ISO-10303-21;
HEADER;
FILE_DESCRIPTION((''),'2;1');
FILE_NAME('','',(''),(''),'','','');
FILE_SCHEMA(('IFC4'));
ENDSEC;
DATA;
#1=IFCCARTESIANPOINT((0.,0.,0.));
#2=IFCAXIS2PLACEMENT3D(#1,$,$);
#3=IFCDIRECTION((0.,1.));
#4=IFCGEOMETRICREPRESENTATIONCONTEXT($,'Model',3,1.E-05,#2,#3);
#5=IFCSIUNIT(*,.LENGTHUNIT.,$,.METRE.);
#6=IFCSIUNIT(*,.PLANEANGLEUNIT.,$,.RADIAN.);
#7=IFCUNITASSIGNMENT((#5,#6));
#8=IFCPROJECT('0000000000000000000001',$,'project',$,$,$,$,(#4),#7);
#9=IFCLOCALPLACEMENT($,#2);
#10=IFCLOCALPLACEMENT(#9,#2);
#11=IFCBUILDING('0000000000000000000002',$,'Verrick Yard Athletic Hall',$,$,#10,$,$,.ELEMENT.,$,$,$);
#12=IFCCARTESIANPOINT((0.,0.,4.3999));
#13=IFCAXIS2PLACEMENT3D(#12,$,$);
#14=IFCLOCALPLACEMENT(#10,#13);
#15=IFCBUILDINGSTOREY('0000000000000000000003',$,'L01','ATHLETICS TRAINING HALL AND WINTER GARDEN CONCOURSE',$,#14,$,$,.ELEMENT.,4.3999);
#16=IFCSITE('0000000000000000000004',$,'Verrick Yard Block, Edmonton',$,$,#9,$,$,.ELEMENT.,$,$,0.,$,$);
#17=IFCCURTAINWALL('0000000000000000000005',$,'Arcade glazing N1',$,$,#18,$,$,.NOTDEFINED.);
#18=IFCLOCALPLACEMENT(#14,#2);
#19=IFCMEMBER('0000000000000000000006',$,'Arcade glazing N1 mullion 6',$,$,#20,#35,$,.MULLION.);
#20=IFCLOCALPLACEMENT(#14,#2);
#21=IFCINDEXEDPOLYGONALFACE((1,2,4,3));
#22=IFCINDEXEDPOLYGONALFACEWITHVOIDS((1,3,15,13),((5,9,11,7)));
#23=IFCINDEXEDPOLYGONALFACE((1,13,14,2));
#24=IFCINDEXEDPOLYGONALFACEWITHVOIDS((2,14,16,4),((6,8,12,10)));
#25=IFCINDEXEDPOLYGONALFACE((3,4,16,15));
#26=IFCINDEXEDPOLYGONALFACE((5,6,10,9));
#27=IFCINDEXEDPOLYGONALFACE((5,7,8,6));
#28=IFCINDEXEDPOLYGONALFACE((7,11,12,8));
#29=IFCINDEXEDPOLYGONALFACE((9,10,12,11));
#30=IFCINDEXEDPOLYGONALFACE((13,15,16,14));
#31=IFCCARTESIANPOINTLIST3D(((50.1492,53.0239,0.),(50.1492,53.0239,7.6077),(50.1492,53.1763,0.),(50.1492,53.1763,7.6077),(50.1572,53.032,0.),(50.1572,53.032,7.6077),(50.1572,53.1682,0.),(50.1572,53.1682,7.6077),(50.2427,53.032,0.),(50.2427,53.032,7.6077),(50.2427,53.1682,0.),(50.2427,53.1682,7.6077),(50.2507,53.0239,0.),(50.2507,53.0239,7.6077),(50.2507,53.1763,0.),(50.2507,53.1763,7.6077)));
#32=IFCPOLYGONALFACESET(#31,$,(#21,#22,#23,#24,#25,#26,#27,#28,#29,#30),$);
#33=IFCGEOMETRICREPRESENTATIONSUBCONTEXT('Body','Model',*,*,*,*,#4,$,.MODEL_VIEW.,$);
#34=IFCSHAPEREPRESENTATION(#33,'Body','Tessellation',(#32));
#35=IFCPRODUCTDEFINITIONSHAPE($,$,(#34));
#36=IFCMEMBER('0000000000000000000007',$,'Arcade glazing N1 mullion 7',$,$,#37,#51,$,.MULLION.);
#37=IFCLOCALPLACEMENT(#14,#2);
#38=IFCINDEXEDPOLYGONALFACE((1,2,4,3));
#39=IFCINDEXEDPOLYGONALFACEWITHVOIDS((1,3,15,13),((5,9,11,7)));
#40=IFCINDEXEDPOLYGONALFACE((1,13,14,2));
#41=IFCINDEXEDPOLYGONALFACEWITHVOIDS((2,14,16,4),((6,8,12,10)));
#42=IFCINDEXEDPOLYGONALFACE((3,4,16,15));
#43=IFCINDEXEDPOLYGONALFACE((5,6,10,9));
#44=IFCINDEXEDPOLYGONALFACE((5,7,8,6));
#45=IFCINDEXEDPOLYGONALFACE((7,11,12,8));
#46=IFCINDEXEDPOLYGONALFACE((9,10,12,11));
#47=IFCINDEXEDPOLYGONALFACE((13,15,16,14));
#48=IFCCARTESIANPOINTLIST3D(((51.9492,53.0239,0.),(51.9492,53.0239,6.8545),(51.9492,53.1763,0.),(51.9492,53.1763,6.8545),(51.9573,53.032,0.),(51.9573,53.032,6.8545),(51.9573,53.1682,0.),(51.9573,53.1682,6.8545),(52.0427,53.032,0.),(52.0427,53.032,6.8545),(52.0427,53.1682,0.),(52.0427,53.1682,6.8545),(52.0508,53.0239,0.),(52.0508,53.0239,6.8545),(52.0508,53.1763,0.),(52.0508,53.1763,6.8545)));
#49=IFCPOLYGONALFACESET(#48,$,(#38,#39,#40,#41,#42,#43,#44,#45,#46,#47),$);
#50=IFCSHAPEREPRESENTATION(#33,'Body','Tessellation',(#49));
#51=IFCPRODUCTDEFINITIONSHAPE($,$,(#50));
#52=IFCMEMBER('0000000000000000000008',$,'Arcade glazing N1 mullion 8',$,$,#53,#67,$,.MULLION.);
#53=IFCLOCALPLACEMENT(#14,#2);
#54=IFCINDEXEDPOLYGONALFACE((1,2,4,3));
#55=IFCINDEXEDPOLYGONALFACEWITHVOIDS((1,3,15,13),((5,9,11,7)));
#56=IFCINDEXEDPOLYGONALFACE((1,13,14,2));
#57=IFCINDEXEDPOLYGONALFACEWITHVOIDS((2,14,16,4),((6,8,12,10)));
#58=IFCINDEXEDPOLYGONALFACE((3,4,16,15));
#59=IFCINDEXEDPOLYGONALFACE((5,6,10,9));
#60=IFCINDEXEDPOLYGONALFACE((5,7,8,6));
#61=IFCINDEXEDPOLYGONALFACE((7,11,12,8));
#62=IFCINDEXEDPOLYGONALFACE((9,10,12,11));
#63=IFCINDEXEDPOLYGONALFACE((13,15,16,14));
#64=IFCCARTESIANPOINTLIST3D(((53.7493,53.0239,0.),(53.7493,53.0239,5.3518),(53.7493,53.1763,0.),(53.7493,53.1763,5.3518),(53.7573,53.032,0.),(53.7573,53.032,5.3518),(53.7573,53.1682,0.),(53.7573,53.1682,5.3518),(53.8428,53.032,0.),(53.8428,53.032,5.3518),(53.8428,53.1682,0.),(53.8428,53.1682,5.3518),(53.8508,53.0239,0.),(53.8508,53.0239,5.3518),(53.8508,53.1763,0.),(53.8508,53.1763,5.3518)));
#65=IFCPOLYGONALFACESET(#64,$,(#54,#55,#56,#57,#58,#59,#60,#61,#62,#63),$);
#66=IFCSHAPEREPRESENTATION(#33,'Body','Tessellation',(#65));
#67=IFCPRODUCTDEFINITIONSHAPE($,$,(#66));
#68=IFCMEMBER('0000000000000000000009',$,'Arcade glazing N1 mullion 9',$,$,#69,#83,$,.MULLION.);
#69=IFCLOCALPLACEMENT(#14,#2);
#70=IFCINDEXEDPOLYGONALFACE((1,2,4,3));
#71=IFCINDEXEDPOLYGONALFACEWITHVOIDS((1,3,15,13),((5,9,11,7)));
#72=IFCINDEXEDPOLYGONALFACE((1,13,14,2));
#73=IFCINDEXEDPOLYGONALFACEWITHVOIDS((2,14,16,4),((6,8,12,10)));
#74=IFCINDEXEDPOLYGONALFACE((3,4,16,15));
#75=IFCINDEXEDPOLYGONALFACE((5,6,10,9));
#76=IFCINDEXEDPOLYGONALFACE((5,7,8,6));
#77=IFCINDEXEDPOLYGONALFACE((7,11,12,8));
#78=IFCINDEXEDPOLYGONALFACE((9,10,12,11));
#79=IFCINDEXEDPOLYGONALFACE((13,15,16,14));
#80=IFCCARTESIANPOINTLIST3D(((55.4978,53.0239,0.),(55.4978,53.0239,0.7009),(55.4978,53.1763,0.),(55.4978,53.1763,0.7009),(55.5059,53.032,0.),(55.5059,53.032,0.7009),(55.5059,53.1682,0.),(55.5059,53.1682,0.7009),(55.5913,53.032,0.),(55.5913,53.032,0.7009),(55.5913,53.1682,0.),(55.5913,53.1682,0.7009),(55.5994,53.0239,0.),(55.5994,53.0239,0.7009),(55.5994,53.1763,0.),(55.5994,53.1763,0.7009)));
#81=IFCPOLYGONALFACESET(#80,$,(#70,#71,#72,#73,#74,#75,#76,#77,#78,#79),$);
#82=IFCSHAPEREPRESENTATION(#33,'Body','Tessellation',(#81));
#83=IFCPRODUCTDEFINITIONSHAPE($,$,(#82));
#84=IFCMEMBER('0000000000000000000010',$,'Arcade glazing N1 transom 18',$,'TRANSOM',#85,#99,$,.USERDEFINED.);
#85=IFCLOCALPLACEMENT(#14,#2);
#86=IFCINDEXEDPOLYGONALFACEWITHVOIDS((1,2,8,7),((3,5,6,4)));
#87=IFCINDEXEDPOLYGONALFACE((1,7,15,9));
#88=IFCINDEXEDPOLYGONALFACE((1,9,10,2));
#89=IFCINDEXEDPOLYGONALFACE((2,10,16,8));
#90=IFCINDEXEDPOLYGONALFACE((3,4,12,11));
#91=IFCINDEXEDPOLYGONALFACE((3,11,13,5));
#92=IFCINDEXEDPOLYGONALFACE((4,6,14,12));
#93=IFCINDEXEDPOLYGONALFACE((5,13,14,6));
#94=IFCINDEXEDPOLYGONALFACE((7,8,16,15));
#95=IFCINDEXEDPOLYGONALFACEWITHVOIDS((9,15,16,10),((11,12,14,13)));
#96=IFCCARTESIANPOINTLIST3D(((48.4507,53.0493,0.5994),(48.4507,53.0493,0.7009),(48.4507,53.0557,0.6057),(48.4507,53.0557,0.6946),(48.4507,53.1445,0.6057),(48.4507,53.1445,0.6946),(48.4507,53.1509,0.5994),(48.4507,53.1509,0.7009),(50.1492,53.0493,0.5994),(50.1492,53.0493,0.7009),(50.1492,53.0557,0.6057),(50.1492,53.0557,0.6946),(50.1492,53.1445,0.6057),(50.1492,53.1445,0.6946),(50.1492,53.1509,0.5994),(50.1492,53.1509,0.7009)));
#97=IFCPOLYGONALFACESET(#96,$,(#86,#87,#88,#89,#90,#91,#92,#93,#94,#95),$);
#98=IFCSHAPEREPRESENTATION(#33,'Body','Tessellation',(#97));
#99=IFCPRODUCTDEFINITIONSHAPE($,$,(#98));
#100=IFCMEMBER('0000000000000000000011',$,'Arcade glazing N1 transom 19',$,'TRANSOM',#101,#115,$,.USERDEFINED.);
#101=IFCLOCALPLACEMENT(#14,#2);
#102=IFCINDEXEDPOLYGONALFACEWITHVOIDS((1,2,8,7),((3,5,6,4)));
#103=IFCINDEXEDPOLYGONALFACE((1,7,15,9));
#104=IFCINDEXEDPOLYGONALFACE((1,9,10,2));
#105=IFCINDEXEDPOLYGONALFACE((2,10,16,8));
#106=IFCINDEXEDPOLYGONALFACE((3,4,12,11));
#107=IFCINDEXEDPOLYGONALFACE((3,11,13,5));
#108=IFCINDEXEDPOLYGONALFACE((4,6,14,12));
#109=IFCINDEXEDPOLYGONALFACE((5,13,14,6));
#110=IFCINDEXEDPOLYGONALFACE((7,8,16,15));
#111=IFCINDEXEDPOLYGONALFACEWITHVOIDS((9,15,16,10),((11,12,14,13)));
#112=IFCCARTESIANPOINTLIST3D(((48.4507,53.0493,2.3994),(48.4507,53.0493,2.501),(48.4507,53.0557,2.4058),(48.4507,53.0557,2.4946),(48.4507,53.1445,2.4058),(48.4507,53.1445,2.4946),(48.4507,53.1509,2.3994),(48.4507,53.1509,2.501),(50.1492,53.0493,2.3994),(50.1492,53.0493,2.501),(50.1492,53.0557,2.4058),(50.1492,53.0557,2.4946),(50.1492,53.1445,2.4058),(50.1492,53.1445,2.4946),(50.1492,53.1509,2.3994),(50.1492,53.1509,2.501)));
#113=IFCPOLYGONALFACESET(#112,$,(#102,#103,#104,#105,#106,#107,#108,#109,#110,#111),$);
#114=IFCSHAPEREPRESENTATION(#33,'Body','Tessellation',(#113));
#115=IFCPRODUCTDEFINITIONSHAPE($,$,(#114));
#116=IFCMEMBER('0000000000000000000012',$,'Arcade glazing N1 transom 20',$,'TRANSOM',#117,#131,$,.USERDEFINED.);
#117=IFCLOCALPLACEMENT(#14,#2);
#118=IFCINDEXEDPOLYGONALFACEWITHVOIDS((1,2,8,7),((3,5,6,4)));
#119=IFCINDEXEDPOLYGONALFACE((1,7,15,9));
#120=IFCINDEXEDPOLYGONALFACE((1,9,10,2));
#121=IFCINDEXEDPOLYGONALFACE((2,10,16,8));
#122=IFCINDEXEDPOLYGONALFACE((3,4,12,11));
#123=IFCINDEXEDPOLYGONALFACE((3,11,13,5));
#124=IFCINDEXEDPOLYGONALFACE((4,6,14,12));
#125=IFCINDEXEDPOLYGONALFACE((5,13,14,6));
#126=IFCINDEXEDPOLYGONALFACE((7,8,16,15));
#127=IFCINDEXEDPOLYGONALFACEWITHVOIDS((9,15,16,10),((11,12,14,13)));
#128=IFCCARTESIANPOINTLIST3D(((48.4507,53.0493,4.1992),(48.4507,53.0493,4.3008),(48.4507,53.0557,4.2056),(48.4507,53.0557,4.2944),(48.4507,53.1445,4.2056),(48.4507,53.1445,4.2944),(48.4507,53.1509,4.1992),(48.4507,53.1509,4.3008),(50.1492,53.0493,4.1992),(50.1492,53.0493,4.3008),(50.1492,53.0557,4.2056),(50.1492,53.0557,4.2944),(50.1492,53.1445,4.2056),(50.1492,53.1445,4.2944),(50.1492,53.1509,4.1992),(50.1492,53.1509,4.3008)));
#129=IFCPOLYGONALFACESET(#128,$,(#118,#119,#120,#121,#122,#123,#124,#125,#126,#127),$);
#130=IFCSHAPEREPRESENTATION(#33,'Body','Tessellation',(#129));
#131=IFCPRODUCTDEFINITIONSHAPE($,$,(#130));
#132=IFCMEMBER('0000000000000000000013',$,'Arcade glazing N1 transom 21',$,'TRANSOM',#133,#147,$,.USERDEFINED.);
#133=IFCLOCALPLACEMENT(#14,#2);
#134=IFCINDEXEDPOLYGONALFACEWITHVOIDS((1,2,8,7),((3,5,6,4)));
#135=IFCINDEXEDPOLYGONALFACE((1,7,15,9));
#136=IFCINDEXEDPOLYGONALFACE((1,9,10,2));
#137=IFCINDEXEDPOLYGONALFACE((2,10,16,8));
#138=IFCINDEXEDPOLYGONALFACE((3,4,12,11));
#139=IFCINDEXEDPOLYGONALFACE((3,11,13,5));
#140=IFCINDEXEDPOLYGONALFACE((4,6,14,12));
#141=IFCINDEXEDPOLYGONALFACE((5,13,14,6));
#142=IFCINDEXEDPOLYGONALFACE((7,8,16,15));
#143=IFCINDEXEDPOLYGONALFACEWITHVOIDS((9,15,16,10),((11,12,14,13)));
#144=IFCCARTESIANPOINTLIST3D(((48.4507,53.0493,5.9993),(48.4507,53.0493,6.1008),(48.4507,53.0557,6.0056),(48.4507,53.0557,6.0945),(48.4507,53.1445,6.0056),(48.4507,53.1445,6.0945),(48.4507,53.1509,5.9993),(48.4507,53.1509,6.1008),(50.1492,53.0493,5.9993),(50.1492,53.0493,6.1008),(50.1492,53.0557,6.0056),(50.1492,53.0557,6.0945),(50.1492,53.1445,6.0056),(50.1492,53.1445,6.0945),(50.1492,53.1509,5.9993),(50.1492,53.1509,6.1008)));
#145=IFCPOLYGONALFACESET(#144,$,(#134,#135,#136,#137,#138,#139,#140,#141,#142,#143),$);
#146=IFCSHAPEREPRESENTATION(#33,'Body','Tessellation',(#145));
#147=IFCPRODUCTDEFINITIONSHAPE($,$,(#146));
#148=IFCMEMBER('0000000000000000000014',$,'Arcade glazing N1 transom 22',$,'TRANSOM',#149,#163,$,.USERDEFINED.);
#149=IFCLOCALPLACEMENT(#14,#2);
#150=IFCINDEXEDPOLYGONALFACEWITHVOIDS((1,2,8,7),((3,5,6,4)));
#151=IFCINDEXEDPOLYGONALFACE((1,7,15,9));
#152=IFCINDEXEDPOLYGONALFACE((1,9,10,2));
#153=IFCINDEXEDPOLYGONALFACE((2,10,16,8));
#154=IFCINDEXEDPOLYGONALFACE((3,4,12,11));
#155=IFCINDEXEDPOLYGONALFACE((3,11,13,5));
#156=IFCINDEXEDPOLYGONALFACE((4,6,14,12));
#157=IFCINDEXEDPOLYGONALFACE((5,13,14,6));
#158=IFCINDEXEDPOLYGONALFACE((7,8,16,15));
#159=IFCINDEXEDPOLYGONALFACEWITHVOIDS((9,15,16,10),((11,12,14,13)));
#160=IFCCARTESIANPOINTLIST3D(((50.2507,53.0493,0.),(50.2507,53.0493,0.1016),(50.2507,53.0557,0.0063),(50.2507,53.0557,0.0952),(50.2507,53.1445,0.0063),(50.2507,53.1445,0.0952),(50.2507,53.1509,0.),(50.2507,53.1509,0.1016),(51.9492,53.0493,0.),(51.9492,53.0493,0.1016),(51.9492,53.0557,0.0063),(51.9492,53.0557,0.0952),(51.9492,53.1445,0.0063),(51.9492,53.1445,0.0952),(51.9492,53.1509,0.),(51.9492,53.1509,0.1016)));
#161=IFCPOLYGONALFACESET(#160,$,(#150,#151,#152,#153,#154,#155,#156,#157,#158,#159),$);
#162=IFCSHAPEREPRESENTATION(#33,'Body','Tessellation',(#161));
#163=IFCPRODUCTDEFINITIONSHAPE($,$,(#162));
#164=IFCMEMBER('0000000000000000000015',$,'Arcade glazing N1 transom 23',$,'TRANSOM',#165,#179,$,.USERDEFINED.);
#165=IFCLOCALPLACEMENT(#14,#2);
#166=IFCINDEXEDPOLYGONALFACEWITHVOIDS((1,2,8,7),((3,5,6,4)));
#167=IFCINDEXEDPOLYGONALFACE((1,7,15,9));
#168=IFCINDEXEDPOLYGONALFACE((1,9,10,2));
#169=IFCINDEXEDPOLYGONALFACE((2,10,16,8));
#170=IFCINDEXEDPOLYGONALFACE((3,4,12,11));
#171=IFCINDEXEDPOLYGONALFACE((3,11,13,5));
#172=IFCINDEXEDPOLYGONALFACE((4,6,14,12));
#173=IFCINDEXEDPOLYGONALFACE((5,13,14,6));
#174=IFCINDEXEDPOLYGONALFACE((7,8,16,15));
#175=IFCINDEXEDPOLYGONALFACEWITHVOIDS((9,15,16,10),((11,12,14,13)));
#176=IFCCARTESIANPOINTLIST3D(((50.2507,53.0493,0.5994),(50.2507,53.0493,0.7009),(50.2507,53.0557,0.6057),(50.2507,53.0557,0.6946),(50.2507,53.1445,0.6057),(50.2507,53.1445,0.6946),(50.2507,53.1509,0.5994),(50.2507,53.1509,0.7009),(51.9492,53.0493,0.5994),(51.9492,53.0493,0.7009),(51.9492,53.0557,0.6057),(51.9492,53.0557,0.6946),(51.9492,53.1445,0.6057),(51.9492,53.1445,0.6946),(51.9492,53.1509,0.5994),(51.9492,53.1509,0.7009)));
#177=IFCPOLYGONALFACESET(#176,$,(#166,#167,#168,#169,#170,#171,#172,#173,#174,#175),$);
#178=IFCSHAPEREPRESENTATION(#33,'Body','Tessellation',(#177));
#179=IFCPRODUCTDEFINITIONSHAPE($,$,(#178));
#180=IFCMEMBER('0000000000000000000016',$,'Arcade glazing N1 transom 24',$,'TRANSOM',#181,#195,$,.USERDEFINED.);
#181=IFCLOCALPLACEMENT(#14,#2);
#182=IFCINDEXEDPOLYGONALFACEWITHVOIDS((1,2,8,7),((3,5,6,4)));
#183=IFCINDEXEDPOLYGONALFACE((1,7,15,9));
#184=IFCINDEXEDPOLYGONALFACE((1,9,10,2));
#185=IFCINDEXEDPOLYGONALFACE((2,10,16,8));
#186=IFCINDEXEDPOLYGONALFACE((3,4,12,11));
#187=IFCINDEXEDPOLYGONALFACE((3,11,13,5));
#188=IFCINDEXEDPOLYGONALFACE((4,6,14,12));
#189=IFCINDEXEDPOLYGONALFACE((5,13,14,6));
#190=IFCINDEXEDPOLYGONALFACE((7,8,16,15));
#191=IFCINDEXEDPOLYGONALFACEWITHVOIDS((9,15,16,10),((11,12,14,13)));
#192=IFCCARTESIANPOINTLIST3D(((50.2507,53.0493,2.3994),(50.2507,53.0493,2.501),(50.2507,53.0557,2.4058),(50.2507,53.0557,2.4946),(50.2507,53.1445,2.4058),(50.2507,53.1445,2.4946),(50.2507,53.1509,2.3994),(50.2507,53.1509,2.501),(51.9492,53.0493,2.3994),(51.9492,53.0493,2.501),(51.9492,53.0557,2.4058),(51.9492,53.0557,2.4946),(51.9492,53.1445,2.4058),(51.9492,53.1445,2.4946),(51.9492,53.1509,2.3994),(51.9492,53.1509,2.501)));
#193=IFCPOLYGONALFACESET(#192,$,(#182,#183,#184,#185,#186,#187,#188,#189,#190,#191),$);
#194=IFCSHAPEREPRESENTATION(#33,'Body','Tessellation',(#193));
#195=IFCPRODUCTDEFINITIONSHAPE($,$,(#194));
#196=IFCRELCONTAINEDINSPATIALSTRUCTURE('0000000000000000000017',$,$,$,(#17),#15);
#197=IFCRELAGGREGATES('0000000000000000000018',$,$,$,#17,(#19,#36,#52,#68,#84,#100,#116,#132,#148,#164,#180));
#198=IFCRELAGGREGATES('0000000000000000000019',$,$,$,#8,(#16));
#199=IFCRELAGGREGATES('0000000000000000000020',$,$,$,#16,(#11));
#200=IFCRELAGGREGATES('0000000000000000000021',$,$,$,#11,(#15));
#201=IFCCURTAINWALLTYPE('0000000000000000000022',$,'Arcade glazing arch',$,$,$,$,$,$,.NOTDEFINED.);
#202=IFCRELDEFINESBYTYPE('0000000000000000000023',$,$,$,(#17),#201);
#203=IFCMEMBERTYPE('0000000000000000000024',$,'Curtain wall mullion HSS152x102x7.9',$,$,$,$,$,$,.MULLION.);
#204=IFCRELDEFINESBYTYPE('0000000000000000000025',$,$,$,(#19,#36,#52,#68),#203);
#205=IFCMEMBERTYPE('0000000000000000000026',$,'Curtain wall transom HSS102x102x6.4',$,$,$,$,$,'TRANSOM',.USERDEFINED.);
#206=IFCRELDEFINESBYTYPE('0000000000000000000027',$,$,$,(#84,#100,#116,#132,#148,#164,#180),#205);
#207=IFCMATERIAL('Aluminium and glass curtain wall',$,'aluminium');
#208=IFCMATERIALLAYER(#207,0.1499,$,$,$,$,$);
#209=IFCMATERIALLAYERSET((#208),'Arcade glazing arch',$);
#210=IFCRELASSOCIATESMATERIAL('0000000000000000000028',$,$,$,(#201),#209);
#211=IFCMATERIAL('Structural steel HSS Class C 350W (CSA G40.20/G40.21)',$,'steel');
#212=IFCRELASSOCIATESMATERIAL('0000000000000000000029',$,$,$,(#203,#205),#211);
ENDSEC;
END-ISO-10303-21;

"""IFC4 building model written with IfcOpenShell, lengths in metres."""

from ifc_helpers import new_model, si_unit, direction, frame, origin, origin_2d, place, context, subcontext, project, spatial, hollow_rectangle, extrude, material, layer, layer_set, material_profile, profile_set, type_object, element, aggregate, save


model = new_model("IFC4")

# Units and contexts
model_context = context("Model", 3, precision=1e-05, world=origin(), true_north=direction((0.0, 1.0)))
body_context = subcontext(model_context, "Body", "Model", "MODEL_VIEW")
ifc_project = project(units=[si_unit("LENGTHUNIT", "METRE"), si_unit("PLANEANGLEUNIT", "RADIAN")], contexts=[model_context])

# Site, building, storey
site_placement = place(None, origin())
site = spatial("IfcSite", under=ifc_project, at=site_placement, Name="Verrick Yard Block, Edmonton", CompositionType="ELEMENT", RefElevation=0.0)
building_placement = place(site_placement, origin())
building = spatial("IfcBuilding", under=site, at=building_placement, Name="Verrick Yard Athletic Hall", CompositionType="ELEMENT")
storey_placement = place(building_placement, frame((0.0, 0.0, 4.3999)))
storey = spatial("IfcBuildingStorey", under=building, at=storey_placement, Name="L01", Description="ATHLETICS TRAINING HALL AND WINTER GARDEN CONCOURSE", CompositionType="ELEMENT", Elevation=4.3999)

# Curtain wall, members
ifc_material_1 = material(Name="Aluminium and glass curtain wall", Category="aluminium")
ifc_layer_1 = layer(ifc_material_1, 0.1499)
ifc_layer_set_1 = layer_set([ifc_layer_1], Name="Arcade glazing arch")
curtain_wall_type = type_object("IfcCurtainWallType", Name="Arcade glazing arch", PredefinedType="NOTDEFINED", material=ifc_layer_set_1)
curtain_wall_placement = place(storey_placement, origin())
curtain_wall = element("IfcCurtainWall", 1, at=curtain_wall_placement, inside=storey, type_object=curtain_wall_type, Name="Arcade glazing N1", PredefinedType="NOTDEFINED")
ifc_material_2 = material(Name="Structural steel HSS Class C 350W (CSA G40.20/G40.21)", Category="steel")
ifc_material_profile_1 = material_profile(ifc_material_2, hollow_rectangle(XDim=0.1016, YDim=0.1523, WallThickness=0.0081, at=origin_2d()), Name="HSS152x102x7.9")
ifc_profile_set_1 = profile_set([ifc_material_profile_1], Name="Structural steel HSS Class C 350W (CSA G40.20/G40.21)")
member_type_1 = type_object("IfcMemberType", Name="Curtain wall mullion HSS152x102x7.9", PredefinedType="MULLION", material=ifc_profile_set_1)
member_1_placement = place(storey_placement, frame((50.2, 53.1001, 0.0), z_axis=(0.0, 0.0, 1.0), x_axis=(1.0, 0.0, 0.0)))
member_1 = element("IfcMember", 2, at=member_1_placement, type_object=member_type_1, Name="Arcade glazing N1 mullion 6", PredefinedType="MULLION", context=body_context, shape_type="SweptSolid", body=[
    extrude(hollow_rectangle(XDim=0.1016, YDim=0.1523, WallThickness=0.0081, at=origin_2d()), origin(), (0.0, 0.0, 1.0), 7.6077),
])
member_2_placement = place(storey_placement, frame((52.0, 53.1001, 0.0), z_axis=(0.0, 0.0, 1.0), x_axis=(1.0, 0.0, 0.0)))
member_2 = element("IfcMember", 3, at=member_2_placement, type_object=member_type_1, Name="Arcade glazing N1 mullion 7", PredefinedType="MULLION", context=body_context, shape_type="SweptSolid", body=[
    extrude(hollow_rectangle(XDim=0.1016, YDim=0.1523, WallThickness=0.0081, at=origin_2d()), origin(), (0.0, 0.0, 1.0), 6.8545),
])
member_3_placement = place(storey_placement, frame((53.8, 53.1001, 0.0), z_axis=(0.0, 0.0, 1.0), x_axis=(1.0, 0.0, 0.0)))
member_3 = element("IfcMember", 4, at=member_3_placement, type_object=member_type_1, Name="Arcade glazing N1 mullion 8", PredefinedType="MULLION", context=body_context, shape_type="SweptSolid", body=[
    extrude(hollow_rectangle(XDim=0.1016, YDim=0.1523, WallThickness=0.0081, at=origin_2d()), origin(), (0.0, 0.0, 1.0), 5.3518),
])
member_4_placement = place(storey_placement, frame((55.5486, 53.1001, 0.0), z_axis=(0.0, 0.0, 1.0), x_axis=(1.0, 0.0, 0.0)))
member_4 = element("IfcMember", 5, at=member_4_placement, type_object=member_type_1, Name="Arcade glazing N1 mullion 9", PredefinedType="MULLION", context=body_context, shape_type="SweptSolid", body=[
    extrude(hollow_rectangle(XDim=0.1016, YDim=0.1523, WallThickness=0.0081, at=origin_2d()), origin(), (0.0, 0.0, 1.0), 0.7009),
])
ifc_material_profile_2 = material_profile(ifc_material_2, hollow_rectangle(XDim=0.1016, YDim=0.1016, WallThickness=0.0063, at=origin_2d()), Name="HSS102x102x6.4")
ifc_profile_set_2 = profile_set([ifc_material_profile_2], Name="Structural steel HSS Class C 350W (CSA G40.20/G40.21)")
member_type_2 = type_object("IfcMemberType", Name="Curtain wall transom HSS102x102x6.4", ElementType="TRANSOM", PredefinedType="USERDEFINED", material=ifc_profile_set_2)
member_5_placement = place(storey_placement, frame((48.4507, 53.1001, 0.6501), z_axis=(1.0, 0.0, 0.0), x_axis=(0.0, 1.0, 0.0)))
member_5 = element("IfcMember", 6, at=member_5_placement, type_object=member_type_2, Name="Arcade glazing N1 transom 18", ObjectType="TRANSOM", PredefinedType="USERDEFINED", context=body_context, shape_type="SweptSolid", body=[
    extrude(hollow_rectangle(XDim=0.1016, YDim=0.1016, WallThickness=0.0063, at=origin_2d()), origin(), (0.0, 0.0, 1.0), 1.6985),
])
member_6_placement = place(storey_placement, frame((48.4507, 53.1001, 2.4502), z_axis=(1.0, 0.0, 0.0), x_axis=(0.0, 1.0, 0.0)))
member_6 = element("IfcMember", 7, at=member_6_placement, type_object=member_type_2, Name="Arcade glazing N1 transom 19", ObjectType="TRANSOM", PredefinedType="USERDEFINED", context=body_context, shape_type="SweptSolid", body=[
    extrude(hollow_rectangle(XDim=0.1016, YDim=0.1016, WallThickness=0.0063, at=origin_2d()), origin(), (0.0, 0.0, 1.0), 1.6985),
])
member_7_placement = place(storey_placement, frame((48.4507, 53.1001, 4.25), z_axis=(1.0, 0.0, 0.0), x_axis=(0.0, 1.0, 0.0)))
member_7 = element("IfcMember", 8, at=member_7_placement, type_object=member_type_2, Name="Arcade glazing N1 transom 20", ObjectType="TRANSOM", PredefinedType="USERDEFINED", context=body_context, shape_type="SweptSolid", body=[
    extrude(hollow_rectangle(XDim=0.1016, YDim=0.1016, WallThickness=0.0063, at=origin_2d()), origin(), (0.0, 0.0, 1.0), 1.6985),
])
member_8_placement = place(storey_placement, frame((48.4507, 53.1001, 6.05), z_axis=(1.0, 0.0, 0.0), x_axis=(0.0, 1.0, 0.0)))
member_8 = element("IfcMember", 9, at=member_8_placement, type_object=member_type_2, Name="Arcade glazing N1 transom 21", ObjectType="TRANSOM", PredefinedType="USERDEFINED", context=body_context, shape_type="SweptSolid", body=[
    extrude(hollow_rectangle(XDim=0.1016, YDim=0.1016, WallThickness=0.0063, at=origin_2d()), origin(), (0.0, 0.0, 1.0), 1.6985),
])
member_9_placement = place(storey_placement, frame((50.2507, 53.1001, 0.0508), z_axis=(1.0, 0.0, 0.0), x_axis=(0.0, 1.0, 0.0)))
member_9 = element("IfcMember", 10, at=member_9_placement, type_object=member_type_2, Name="Arcade glazing N1 transom 22", ObjectType="TRANSOM", PredefinedType="USERDEFINED", context=body_context, shape_type="SweptSolid", body=[
    extrude(hollow_rectangle(XDim=0.1016, YDim=0.1016, WallThickness=0.0063, at=origin_2d()), origin(), (0.0, 0.0, 1.0), 1.6985),
])
member_10_placement = place(storey_placement, frame((50.2507, 53.1001, 0.6501), z_axis=(1.0, 0.0, 0.0), x_axis=(0.0, 1.0, 0.0)))
member_10 = element("IfcMember", 11, at=member_10_placement, type_object=member_type_2, Name="Arcade glazing N1 transom 23", ObjectType="TRANSOM", PredefinedType="USERDEFINED", context=body_context, shape_type="SweptSolid", body=[
    extrude(hollow_rectangle(XDim=0.1016, YDim=0.1016, WallThickness=0.0063, at=origin_2d()), origin(), (0.0, 0.0, 1.0), 1.6985),
])
member_11_placement = place(storey_placement, frame((50.2507, 53.1001, 2.4502), z_axis=(1.0, 0.0, 0.0), x_axis=(0.0, 1.0, 0.0)))
member_11 = element("IfcMember", 12, at=member_11_placement, type_object=member_type_2, Name="Arcade glazing N1 transom 24", ObjectType="TRANSOM", PredefinedType="USERDEFINED", context=body_context, shape_type="SweptSolid", body=[
    extrude(hollow_rectangle(XDim=0.1016, YDim=0.1016, WallThickness=0.0063, at=origin_2d()), origin(), (0.0, 0.0, 1.0), 1.6985),
])
aggregate(curtain_wall, [member_1, member_2, member_3, member_4, member_5, member_6, member_7, member_8, member_9, member_10, member_11])

save(model, "model.ifc")
